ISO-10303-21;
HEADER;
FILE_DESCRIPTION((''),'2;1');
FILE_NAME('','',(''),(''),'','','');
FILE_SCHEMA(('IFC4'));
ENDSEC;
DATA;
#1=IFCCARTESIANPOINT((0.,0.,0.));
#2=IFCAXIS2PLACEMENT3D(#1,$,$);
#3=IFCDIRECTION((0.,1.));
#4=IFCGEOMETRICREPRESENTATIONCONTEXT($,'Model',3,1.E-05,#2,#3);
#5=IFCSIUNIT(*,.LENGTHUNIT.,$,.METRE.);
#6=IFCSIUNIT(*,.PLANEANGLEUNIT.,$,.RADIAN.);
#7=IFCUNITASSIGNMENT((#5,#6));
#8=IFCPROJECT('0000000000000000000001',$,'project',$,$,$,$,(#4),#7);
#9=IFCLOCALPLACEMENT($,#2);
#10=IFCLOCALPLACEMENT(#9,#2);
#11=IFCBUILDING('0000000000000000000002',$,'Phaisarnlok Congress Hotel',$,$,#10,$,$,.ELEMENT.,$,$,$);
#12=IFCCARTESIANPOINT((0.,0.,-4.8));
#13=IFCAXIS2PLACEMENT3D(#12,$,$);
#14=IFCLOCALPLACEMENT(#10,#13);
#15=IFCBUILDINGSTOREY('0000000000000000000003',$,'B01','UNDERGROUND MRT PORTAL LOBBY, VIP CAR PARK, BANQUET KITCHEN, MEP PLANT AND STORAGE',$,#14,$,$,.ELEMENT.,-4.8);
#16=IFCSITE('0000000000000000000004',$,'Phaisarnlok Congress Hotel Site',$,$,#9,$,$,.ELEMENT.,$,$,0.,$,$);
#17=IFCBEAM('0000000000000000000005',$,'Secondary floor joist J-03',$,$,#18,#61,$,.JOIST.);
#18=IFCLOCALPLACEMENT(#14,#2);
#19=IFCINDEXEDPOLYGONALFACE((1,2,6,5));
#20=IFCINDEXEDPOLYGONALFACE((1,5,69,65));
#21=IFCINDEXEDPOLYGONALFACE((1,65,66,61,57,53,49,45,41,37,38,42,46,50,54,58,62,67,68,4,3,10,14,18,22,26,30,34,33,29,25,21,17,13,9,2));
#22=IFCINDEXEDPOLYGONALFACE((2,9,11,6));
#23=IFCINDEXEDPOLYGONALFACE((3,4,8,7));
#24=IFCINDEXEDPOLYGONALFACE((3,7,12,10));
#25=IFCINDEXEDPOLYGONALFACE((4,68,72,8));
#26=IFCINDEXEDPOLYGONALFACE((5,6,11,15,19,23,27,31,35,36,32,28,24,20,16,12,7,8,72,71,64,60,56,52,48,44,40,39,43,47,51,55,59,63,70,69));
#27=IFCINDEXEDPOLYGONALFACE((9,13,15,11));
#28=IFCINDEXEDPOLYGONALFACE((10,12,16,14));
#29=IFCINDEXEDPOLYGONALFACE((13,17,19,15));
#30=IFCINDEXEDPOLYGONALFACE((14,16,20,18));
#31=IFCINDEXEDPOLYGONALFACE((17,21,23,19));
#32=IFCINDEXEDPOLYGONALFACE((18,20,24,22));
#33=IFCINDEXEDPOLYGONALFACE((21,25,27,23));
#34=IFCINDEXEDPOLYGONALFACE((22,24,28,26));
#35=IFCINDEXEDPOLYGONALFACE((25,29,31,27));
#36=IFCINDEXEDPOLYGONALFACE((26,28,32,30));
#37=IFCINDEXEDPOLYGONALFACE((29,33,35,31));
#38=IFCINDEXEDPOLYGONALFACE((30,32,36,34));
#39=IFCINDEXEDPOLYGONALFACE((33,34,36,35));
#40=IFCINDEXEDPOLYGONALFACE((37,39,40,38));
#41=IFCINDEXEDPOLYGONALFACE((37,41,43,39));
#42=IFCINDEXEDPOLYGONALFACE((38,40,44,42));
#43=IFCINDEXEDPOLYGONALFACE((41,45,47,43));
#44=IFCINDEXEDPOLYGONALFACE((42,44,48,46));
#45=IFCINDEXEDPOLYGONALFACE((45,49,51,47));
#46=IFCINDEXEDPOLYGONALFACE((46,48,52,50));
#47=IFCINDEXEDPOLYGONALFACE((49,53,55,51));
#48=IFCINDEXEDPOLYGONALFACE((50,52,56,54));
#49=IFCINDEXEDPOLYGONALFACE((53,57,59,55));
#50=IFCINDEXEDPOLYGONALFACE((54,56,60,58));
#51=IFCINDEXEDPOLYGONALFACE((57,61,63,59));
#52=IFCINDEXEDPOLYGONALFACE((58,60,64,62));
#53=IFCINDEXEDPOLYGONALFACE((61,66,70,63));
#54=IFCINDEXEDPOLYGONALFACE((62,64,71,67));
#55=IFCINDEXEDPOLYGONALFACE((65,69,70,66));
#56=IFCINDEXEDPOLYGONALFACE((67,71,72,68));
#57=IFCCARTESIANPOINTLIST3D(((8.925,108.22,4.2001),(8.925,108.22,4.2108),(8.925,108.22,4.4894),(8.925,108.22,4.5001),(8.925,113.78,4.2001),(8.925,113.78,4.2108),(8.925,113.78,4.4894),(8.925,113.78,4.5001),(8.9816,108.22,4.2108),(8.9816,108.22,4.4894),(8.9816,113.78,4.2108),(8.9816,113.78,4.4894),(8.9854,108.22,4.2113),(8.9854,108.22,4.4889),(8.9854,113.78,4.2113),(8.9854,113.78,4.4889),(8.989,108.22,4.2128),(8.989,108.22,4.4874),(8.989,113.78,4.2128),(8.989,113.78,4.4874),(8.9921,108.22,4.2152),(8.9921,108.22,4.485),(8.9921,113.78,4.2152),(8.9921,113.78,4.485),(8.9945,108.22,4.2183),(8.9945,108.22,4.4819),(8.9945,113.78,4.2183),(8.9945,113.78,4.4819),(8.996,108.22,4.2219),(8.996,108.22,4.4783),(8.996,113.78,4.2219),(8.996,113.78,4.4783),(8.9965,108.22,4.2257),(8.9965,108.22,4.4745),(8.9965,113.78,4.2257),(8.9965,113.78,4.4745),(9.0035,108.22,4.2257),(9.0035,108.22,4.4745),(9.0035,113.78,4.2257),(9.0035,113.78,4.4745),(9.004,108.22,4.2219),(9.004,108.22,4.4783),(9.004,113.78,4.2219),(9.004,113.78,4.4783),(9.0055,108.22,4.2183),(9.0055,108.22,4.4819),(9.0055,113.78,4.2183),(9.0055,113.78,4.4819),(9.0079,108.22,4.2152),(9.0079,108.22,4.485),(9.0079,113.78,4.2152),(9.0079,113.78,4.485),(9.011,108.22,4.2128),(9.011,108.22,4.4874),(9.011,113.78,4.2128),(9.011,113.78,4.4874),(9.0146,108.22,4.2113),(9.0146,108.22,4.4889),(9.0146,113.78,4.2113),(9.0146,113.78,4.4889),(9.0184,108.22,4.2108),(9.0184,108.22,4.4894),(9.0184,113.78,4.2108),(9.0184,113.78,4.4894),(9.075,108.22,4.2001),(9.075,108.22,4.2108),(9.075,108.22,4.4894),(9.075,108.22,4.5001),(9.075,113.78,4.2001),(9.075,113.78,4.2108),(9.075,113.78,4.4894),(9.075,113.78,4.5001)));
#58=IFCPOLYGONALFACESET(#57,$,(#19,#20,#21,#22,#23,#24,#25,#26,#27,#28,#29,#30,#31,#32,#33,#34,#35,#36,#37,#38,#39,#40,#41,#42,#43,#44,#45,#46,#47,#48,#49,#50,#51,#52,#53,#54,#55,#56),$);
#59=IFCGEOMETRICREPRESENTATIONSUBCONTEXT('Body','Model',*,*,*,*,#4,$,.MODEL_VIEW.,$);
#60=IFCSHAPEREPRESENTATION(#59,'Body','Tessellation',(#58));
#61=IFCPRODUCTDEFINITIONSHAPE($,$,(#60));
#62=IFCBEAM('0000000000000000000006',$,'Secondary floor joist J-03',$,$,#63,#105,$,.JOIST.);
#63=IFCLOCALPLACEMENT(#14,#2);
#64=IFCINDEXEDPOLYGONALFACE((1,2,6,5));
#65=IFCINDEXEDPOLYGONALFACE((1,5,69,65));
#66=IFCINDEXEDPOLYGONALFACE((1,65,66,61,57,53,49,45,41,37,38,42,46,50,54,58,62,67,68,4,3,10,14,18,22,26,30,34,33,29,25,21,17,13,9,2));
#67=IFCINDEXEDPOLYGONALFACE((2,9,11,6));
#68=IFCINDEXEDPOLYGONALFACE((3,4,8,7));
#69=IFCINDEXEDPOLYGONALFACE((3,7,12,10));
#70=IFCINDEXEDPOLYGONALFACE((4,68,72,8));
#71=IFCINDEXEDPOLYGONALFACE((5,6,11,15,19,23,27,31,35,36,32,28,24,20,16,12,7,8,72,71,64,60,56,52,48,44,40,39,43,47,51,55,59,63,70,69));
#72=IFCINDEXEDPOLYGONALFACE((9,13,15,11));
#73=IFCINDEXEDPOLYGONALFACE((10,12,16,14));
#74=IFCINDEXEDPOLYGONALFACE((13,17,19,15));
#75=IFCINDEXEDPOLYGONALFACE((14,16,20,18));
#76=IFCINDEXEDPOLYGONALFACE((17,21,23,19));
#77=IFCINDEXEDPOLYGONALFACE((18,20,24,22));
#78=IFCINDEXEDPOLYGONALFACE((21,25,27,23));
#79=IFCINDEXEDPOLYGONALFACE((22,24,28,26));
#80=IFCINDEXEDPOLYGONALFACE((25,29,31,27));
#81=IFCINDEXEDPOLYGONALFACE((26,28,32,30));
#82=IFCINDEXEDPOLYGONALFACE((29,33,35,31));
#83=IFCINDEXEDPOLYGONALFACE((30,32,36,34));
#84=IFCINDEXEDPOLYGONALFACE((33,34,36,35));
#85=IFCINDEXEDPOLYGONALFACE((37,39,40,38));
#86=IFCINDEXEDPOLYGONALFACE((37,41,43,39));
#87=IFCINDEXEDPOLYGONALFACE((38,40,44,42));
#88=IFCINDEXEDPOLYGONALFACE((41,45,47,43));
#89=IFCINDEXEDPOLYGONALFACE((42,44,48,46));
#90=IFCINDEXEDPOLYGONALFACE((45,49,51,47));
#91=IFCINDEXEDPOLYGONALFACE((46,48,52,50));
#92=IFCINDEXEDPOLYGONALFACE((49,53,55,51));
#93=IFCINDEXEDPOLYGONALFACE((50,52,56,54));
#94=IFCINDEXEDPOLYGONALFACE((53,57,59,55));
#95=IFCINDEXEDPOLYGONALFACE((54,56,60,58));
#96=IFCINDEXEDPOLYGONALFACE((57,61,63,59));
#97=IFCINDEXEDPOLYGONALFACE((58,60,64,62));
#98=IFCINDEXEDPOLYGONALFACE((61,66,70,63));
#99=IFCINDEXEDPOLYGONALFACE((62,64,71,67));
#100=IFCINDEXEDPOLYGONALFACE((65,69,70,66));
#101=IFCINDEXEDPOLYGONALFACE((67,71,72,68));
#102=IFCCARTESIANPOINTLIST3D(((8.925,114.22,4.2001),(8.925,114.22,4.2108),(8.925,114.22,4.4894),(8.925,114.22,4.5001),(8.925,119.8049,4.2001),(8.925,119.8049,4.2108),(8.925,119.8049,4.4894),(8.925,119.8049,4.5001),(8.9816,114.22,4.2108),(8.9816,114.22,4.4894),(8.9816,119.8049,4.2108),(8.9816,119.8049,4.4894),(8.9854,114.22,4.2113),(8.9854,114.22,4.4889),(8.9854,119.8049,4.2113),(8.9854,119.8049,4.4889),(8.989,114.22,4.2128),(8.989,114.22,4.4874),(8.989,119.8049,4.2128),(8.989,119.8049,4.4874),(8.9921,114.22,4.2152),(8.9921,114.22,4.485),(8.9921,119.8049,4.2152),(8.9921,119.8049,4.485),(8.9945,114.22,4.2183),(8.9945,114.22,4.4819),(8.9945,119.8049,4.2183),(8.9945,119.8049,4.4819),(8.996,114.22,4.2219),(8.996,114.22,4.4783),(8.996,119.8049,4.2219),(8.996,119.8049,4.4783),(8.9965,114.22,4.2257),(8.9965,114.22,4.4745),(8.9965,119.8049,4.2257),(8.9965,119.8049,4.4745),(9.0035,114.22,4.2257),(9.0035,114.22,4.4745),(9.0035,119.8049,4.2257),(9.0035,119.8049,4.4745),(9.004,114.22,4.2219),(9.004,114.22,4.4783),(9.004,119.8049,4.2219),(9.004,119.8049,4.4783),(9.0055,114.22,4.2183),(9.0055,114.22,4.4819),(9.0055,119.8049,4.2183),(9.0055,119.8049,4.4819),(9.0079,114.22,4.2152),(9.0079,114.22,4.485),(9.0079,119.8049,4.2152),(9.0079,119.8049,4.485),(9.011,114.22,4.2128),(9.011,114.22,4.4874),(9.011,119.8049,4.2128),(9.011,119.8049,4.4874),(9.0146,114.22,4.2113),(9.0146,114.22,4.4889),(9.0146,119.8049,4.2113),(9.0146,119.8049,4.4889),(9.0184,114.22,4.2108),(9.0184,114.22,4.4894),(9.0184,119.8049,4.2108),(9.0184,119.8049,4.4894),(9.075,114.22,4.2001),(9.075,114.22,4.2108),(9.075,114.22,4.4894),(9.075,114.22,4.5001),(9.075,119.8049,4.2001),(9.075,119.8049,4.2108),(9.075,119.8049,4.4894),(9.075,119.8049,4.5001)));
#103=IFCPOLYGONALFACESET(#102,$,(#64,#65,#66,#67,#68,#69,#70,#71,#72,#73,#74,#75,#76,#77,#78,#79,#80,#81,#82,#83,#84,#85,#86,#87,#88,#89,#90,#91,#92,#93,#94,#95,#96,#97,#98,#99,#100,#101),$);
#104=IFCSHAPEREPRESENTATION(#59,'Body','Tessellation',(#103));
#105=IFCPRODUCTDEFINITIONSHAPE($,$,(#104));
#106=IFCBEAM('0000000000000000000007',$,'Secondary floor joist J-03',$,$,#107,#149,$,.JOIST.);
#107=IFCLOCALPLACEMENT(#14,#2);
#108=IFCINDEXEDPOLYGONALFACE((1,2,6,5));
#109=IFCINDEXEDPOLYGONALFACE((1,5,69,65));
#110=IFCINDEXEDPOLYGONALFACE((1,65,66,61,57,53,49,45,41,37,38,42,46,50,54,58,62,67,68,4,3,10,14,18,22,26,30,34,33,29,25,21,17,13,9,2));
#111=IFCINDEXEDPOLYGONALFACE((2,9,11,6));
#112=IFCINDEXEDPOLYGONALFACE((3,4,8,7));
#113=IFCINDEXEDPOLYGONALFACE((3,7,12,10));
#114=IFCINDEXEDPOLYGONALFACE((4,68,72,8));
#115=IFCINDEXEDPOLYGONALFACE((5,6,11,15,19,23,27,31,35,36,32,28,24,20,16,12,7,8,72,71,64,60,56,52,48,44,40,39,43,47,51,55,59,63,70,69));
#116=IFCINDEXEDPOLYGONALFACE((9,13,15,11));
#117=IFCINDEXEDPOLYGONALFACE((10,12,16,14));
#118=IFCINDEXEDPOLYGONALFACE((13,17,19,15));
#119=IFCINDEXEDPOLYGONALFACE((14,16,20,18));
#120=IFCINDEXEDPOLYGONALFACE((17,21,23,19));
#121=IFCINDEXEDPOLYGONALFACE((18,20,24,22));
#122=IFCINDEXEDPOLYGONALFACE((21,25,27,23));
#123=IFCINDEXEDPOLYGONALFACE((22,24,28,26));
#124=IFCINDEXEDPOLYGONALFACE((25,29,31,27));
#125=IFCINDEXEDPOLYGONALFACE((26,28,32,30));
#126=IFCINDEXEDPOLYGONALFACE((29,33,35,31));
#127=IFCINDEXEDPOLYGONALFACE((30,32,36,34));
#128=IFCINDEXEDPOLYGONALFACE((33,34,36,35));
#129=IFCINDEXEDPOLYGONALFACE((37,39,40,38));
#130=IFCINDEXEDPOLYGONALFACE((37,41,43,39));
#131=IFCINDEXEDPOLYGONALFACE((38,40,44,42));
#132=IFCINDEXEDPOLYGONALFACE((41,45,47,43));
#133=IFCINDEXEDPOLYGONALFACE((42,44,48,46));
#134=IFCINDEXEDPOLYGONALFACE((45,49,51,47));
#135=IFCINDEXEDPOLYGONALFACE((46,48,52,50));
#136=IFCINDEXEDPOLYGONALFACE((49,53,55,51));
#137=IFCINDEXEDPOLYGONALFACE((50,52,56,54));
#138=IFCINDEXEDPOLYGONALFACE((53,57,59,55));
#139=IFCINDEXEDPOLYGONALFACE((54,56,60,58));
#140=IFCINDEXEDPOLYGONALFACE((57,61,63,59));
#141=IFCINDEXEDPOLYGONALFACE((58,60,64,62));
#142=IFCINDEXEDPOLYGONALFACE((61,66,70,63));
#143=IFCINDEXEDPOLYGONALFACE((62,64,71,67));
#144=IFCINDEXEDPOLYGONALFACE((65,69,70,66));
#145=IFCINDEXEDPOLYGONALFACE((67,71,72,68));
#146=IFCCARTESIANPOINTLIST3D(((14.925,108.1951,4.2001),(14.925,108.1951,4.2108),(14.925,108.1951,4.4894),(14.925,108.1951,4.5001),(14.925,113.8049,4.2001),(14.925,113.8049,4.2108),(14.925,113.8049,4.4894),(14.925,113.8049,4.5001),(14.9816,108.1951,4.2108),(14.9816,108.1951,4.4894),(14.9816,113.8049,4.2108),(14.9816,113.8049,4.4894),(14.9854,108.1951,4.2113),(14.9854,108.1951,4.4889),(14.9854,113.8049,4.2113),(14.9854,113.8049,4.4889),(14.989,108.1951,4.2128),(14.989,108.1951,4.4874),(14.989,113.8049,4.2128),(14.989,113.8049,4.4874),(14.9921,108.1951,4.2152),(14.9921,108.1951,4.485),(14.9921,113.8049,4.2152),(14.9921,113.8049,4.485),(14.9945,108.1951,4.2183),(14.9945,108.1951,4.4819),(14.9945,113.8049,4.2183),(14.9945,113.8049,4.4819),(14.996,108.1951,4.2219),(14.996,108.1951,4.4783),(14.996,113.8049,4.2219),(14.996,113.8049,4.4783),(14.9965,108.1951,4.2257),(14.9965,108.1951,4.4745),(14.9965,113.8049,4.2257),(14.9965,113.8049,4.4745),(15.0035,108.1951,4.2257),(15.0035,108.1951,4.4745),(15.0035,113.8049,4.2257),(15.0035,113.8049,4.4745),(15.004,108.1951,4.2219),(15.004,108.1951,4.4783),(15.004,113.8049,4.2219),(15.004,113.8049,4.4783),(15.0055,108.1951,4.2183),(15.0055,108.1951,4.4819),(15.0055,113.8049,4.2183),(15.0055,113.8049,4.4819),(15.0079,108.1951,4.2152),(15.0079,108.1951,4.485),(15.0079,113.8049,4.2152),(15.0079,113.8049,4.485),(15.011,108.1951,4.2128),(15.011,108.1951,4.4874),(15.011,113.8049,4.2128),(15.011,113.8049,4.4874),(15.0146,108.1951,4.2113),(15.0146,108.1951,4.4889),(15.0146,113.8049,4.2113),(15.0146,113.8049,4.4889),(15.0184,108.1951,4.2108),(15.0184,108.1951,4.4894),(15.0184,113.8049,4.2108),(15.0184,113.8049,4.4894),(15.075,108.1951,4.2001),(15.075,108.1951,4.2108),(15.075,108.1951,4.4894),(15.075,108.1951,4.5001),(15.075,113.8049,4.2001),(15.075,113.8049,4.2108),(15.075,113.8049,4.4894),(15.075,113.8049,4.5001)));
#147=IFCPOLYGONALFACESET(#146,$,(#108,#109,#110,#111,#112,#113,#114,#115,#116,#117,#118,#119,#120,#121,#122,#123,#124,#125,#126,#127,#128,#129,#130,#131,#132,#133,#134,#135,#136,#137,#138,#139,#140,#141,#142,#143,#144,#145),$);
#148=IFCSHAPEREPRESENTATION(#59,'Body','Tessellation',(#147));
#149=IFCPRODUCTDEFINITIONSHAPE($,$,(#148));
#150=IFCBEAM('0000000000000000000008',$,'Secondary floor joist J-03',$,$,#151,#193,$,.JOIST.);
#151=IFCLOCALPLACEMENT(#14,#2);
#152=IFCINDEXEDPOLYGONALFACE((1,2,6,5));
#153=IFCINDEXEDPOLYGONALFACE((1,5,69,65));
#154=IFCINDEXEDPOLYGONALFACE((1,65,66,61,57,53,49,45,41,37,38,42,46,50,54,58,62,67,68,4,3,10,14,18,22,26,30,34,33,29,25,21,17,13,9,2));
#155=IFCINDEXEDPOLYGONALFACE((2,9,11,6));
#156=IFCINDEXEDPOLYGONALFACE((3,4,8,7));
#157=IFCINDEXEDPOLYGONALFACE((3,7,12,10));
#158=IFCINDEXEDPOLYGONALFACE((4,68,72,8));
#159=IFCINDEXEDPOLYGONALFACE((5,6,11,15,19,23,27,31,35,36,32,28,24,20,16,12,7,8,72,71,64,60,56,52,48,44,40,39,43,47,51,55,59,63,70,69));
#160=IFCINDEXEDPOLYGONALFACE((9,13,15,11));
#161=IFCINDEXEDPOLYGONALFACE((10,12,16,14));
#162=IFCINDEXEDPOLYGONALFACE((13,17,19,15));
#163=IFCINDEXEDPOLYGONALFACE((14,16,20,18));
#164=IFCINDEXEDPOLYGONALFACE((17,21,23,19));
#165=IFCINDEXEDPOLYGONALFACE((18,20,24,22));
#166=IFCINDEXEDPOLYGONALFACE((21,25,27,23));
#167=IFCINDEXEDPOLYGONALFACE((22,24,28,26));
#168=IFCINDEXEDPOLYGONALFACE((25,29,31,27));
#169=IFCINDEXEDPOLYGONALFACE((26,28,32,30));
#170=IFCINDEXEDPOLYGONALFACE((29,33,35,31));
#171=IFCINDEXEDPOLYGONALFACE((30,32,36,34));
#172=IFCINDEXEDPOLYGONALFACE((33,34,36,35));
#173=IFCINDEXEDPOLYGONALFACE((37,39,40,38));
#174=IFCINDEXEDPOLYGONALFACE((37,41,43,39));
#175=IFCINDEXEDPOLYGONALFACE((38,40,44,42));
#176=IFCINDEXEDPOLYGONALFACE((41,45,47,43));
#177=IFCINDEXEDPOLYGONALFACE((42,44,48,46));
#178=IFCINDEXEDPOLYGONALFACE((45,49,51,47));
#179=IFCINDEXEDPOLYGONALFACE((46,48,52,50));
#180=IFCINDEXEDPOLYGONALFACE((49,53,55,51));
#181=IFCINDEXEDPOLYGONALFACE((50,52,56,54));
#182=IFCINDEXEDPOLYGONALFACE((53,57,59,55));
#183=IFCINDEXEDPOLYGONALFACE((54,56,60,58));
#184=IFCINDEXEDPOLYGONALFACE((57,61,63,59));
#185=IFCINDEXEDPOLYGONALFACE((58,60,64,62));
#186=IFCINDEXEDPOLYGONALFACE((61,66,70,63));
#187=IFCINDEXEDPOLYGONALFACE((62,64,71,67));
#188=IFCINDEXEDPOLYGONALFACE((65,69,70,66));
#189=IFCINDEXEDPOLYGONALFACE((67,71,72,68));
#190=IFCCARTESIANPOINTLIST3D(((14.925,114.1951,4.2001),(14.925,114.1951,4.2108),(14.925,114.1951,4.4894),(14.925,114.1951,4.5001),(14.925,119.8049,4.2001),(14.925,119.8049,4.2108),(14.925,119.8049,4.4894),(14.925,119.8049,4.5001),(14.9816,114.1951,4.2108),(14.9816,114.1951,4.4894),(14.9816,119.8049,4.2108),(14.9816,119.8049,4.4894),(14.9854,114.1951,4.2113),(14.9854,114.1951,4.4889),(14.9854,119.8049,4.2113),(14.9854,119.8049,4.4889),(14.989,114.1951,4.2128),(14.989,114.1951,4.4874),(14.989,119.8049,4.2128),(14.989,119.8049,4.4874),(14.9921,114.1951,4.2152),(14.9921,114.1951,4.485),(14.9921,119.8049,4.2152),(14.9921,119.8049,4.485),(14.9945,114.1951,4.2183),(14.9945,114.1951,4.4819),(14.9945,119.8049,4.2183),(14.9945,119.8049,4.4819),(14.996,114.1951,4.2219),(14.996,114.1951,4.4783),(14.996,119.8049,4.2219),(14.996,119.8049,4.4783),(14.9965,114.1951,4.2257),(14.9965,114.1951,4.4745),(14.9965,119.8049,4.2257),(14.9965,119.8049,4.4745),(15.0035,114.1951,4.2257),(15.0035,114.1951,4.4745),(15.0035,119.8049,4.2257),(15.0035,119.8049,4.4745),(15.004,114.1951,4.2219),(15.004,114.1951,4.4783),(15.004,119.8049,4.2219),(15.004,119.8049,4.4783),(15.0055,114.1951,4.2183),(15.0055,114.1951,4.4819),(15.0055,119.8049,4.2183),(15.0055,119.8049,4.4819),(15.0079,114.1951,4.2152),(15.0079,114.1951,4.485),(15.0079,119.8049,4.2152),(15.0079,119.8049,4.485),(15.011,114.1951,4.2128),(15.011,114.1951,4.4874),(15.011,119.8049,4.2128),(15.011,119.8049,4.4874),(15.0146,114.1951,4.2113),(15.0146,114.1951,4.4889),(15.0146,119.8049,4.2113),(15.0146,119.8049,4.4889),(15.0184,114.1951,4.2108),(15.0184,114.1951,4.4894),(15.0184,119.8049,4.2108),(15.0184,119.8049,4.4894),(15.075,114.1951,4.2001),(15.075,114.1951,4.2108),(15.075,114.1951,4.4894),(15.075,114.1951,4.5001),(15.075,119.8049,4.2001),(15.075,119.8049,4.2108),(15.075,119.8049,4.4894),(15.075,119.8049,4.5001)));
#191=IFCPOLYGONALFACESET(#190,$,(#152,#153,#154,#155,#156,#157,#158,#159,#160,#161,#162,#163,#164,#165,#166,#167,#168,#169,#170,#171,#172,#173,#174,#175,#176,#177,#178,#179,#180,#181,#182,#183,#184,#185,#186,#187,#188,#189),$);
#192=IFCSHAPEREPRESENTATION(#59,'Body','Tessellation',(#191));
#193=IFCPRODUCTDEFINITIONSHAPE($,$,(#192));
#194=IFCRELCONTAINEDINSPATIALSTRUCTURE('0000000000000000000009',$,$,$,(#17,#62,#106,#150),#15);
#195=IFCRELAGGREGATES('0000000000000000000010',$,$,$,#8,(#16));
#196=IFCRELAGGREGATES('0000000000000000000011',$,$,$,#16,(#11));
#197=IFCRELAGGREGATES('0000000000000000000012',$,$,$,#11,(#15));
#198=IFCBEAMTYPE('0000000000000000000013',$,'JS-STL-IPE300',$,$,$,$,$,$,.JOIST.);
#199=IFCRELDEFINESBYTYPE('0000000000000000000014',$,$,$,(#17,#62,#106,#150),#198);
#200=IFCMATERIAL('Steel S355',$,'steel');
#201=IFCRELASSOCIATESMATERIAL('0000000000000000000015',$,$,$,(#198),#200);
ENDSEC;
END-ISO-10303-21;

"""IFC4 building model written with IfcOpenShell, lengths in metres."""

from ifc_helpers import new_model, si_unit, direction, frame, origin, origin_2d, place, context, subcontext, project, spatial, i_section, extrude, material, material_profile, profile_set, type_object, element, save


model = new_model("IFC4")

# Units and contexts
model_context = context("Model", 3, precision=1e-05, world=origin(), true_north=direction((0.0, 1.0)))
body_context = subcontext(model_context, "Body", "Model", "MODEL_VIEW")
ifc_project = project(units=[si_unit("LENGTHUNIT", "METRE"), si_unit("PLANEANGLEUNIT", "RADIAN")], contexts=[model_context])

# Site, building, storey
site_placement = place(None, origin())
site = spatial("IfcSite", under=ifc_project, at=site_placement, Name="Phaisarnlok Congress Hotel Site", CompositionType="ELEMENT", RefElevation=0.0)
building_placement = place(site_placement, origin())
building = spatial("IfcBuilding", under=site, at=building_placement, Name="Phaisarnlok Congress Hotel", CompositionType="ELEMENT")
storey_placement = place(building_placement, frame((0.0, 0.0, -4.8)))
storey = spatial("IfcBuildingStorey", under=building, at=storey_placement, Name="B01", Description="UNDERGROUND MRT PORTAL LOBBY, VIP CAR PARK, BANQUET KITCHEN, MEP PLANT AND STORAGE", CompositionType="ELEMENT", Elevation=-4.8)

# Beams
ifc_material_1 = material(Name="Steel S355", Category="steel")
ifc_material_profile_1 = material_profile(ifc_material_1, i_section(OverallWidth=0.1499, OverallDepth=0.3, WebThickness=0.0071, FlangeThickness=0.0107, FilletRadius=0.0149, at=origin_2d()), Name="IPE 300")
ifc_profile_set_1 = profile_set([ifc_material_profile_1], Name="Steel S355")
beam_type_1 = type_object("IfcBeamType", Name="JS-STL-IPE300", PredefinedType="JOIST", material=ifc_profile_set_1)
beam_1_placement = place(storey_placement, frame((9.0, 108.22, 4.3501), z_axis=(0.0, 1.0, 0.0), x_axis=(-1.0, 0.0, 0.0)))
element("IfcBeam", 1, at=beam_1_placement, inside=storey, type_object=beam_type_1, Name="Secondary floor joist J-03", PredefinedType="JOIST", context=body_context, shape_type="SweptSolid", body=[
    extrude(i_section(OverallWidth=0.1499, OverallDepth=0.3, WebThickness=0.0071, FlangeThickness=0.0107, FilletRadius=0.0149, at=origin_2d()), origin(), (0.0, 0.0, 1.0), 5.5601),
])
beam_2_placement = place(storey_placement, frame((9.0, 114.22, 4.3501), z_axis=(0.0, 1.0, 0.0), x_axis=(-1.0, 0.0, 0.0)))
element("IfcBeam", 2, at=beam_2_placement, inside=storey, type_object=beam_type_1, Name="Secondary floor joist J-03", PredefinedType="JOIST", context=body_context, shape_type="SweptSolid", body=[
    extrude(i_section(OverallWidth=0.1499, OverallDepth=0.3, WebThickness=0.0071, FlangeThickness=0.0107, FilletRadius=0.0149, at=origin_2d()), origin(), (0.0, 0.0, 1.0), 5.585),
])
for number, where, z_axis, x_axis, name in (
    (3, (15.0, 108.1951, 4.3501), (0.0, 1.0, 0.0), (-1.0, 0.0, 0.0), "Secondary floor joist J-03"),
    (4, (15.0, 114.1951, 4.3501), (0.0, 1.0, 0.0), (-1.0, 0.0, 0.0), "Secondary floor joist J-03"),
):
    element("IfcBeam", number, at=place(storey_placement, frame(where, z_axis=z_axis, x_axis=x_axis)), inside=storey, type_object=beam_type_1, Name=name, PredefinedType="JOIST", context=body_context, shape_type="SweptSolid", body=[
        extrude(i_section(OverallWidth=0.1499, OverallDepth=0.3, WebThickness=0.0071, FlangeThickness=0.0107, FilletRadius=0.0149, at=origin_2d()), origin(), (0.0, 0.0, 1.0), 5.6099),
    ])

save(model, "model.ifc")
